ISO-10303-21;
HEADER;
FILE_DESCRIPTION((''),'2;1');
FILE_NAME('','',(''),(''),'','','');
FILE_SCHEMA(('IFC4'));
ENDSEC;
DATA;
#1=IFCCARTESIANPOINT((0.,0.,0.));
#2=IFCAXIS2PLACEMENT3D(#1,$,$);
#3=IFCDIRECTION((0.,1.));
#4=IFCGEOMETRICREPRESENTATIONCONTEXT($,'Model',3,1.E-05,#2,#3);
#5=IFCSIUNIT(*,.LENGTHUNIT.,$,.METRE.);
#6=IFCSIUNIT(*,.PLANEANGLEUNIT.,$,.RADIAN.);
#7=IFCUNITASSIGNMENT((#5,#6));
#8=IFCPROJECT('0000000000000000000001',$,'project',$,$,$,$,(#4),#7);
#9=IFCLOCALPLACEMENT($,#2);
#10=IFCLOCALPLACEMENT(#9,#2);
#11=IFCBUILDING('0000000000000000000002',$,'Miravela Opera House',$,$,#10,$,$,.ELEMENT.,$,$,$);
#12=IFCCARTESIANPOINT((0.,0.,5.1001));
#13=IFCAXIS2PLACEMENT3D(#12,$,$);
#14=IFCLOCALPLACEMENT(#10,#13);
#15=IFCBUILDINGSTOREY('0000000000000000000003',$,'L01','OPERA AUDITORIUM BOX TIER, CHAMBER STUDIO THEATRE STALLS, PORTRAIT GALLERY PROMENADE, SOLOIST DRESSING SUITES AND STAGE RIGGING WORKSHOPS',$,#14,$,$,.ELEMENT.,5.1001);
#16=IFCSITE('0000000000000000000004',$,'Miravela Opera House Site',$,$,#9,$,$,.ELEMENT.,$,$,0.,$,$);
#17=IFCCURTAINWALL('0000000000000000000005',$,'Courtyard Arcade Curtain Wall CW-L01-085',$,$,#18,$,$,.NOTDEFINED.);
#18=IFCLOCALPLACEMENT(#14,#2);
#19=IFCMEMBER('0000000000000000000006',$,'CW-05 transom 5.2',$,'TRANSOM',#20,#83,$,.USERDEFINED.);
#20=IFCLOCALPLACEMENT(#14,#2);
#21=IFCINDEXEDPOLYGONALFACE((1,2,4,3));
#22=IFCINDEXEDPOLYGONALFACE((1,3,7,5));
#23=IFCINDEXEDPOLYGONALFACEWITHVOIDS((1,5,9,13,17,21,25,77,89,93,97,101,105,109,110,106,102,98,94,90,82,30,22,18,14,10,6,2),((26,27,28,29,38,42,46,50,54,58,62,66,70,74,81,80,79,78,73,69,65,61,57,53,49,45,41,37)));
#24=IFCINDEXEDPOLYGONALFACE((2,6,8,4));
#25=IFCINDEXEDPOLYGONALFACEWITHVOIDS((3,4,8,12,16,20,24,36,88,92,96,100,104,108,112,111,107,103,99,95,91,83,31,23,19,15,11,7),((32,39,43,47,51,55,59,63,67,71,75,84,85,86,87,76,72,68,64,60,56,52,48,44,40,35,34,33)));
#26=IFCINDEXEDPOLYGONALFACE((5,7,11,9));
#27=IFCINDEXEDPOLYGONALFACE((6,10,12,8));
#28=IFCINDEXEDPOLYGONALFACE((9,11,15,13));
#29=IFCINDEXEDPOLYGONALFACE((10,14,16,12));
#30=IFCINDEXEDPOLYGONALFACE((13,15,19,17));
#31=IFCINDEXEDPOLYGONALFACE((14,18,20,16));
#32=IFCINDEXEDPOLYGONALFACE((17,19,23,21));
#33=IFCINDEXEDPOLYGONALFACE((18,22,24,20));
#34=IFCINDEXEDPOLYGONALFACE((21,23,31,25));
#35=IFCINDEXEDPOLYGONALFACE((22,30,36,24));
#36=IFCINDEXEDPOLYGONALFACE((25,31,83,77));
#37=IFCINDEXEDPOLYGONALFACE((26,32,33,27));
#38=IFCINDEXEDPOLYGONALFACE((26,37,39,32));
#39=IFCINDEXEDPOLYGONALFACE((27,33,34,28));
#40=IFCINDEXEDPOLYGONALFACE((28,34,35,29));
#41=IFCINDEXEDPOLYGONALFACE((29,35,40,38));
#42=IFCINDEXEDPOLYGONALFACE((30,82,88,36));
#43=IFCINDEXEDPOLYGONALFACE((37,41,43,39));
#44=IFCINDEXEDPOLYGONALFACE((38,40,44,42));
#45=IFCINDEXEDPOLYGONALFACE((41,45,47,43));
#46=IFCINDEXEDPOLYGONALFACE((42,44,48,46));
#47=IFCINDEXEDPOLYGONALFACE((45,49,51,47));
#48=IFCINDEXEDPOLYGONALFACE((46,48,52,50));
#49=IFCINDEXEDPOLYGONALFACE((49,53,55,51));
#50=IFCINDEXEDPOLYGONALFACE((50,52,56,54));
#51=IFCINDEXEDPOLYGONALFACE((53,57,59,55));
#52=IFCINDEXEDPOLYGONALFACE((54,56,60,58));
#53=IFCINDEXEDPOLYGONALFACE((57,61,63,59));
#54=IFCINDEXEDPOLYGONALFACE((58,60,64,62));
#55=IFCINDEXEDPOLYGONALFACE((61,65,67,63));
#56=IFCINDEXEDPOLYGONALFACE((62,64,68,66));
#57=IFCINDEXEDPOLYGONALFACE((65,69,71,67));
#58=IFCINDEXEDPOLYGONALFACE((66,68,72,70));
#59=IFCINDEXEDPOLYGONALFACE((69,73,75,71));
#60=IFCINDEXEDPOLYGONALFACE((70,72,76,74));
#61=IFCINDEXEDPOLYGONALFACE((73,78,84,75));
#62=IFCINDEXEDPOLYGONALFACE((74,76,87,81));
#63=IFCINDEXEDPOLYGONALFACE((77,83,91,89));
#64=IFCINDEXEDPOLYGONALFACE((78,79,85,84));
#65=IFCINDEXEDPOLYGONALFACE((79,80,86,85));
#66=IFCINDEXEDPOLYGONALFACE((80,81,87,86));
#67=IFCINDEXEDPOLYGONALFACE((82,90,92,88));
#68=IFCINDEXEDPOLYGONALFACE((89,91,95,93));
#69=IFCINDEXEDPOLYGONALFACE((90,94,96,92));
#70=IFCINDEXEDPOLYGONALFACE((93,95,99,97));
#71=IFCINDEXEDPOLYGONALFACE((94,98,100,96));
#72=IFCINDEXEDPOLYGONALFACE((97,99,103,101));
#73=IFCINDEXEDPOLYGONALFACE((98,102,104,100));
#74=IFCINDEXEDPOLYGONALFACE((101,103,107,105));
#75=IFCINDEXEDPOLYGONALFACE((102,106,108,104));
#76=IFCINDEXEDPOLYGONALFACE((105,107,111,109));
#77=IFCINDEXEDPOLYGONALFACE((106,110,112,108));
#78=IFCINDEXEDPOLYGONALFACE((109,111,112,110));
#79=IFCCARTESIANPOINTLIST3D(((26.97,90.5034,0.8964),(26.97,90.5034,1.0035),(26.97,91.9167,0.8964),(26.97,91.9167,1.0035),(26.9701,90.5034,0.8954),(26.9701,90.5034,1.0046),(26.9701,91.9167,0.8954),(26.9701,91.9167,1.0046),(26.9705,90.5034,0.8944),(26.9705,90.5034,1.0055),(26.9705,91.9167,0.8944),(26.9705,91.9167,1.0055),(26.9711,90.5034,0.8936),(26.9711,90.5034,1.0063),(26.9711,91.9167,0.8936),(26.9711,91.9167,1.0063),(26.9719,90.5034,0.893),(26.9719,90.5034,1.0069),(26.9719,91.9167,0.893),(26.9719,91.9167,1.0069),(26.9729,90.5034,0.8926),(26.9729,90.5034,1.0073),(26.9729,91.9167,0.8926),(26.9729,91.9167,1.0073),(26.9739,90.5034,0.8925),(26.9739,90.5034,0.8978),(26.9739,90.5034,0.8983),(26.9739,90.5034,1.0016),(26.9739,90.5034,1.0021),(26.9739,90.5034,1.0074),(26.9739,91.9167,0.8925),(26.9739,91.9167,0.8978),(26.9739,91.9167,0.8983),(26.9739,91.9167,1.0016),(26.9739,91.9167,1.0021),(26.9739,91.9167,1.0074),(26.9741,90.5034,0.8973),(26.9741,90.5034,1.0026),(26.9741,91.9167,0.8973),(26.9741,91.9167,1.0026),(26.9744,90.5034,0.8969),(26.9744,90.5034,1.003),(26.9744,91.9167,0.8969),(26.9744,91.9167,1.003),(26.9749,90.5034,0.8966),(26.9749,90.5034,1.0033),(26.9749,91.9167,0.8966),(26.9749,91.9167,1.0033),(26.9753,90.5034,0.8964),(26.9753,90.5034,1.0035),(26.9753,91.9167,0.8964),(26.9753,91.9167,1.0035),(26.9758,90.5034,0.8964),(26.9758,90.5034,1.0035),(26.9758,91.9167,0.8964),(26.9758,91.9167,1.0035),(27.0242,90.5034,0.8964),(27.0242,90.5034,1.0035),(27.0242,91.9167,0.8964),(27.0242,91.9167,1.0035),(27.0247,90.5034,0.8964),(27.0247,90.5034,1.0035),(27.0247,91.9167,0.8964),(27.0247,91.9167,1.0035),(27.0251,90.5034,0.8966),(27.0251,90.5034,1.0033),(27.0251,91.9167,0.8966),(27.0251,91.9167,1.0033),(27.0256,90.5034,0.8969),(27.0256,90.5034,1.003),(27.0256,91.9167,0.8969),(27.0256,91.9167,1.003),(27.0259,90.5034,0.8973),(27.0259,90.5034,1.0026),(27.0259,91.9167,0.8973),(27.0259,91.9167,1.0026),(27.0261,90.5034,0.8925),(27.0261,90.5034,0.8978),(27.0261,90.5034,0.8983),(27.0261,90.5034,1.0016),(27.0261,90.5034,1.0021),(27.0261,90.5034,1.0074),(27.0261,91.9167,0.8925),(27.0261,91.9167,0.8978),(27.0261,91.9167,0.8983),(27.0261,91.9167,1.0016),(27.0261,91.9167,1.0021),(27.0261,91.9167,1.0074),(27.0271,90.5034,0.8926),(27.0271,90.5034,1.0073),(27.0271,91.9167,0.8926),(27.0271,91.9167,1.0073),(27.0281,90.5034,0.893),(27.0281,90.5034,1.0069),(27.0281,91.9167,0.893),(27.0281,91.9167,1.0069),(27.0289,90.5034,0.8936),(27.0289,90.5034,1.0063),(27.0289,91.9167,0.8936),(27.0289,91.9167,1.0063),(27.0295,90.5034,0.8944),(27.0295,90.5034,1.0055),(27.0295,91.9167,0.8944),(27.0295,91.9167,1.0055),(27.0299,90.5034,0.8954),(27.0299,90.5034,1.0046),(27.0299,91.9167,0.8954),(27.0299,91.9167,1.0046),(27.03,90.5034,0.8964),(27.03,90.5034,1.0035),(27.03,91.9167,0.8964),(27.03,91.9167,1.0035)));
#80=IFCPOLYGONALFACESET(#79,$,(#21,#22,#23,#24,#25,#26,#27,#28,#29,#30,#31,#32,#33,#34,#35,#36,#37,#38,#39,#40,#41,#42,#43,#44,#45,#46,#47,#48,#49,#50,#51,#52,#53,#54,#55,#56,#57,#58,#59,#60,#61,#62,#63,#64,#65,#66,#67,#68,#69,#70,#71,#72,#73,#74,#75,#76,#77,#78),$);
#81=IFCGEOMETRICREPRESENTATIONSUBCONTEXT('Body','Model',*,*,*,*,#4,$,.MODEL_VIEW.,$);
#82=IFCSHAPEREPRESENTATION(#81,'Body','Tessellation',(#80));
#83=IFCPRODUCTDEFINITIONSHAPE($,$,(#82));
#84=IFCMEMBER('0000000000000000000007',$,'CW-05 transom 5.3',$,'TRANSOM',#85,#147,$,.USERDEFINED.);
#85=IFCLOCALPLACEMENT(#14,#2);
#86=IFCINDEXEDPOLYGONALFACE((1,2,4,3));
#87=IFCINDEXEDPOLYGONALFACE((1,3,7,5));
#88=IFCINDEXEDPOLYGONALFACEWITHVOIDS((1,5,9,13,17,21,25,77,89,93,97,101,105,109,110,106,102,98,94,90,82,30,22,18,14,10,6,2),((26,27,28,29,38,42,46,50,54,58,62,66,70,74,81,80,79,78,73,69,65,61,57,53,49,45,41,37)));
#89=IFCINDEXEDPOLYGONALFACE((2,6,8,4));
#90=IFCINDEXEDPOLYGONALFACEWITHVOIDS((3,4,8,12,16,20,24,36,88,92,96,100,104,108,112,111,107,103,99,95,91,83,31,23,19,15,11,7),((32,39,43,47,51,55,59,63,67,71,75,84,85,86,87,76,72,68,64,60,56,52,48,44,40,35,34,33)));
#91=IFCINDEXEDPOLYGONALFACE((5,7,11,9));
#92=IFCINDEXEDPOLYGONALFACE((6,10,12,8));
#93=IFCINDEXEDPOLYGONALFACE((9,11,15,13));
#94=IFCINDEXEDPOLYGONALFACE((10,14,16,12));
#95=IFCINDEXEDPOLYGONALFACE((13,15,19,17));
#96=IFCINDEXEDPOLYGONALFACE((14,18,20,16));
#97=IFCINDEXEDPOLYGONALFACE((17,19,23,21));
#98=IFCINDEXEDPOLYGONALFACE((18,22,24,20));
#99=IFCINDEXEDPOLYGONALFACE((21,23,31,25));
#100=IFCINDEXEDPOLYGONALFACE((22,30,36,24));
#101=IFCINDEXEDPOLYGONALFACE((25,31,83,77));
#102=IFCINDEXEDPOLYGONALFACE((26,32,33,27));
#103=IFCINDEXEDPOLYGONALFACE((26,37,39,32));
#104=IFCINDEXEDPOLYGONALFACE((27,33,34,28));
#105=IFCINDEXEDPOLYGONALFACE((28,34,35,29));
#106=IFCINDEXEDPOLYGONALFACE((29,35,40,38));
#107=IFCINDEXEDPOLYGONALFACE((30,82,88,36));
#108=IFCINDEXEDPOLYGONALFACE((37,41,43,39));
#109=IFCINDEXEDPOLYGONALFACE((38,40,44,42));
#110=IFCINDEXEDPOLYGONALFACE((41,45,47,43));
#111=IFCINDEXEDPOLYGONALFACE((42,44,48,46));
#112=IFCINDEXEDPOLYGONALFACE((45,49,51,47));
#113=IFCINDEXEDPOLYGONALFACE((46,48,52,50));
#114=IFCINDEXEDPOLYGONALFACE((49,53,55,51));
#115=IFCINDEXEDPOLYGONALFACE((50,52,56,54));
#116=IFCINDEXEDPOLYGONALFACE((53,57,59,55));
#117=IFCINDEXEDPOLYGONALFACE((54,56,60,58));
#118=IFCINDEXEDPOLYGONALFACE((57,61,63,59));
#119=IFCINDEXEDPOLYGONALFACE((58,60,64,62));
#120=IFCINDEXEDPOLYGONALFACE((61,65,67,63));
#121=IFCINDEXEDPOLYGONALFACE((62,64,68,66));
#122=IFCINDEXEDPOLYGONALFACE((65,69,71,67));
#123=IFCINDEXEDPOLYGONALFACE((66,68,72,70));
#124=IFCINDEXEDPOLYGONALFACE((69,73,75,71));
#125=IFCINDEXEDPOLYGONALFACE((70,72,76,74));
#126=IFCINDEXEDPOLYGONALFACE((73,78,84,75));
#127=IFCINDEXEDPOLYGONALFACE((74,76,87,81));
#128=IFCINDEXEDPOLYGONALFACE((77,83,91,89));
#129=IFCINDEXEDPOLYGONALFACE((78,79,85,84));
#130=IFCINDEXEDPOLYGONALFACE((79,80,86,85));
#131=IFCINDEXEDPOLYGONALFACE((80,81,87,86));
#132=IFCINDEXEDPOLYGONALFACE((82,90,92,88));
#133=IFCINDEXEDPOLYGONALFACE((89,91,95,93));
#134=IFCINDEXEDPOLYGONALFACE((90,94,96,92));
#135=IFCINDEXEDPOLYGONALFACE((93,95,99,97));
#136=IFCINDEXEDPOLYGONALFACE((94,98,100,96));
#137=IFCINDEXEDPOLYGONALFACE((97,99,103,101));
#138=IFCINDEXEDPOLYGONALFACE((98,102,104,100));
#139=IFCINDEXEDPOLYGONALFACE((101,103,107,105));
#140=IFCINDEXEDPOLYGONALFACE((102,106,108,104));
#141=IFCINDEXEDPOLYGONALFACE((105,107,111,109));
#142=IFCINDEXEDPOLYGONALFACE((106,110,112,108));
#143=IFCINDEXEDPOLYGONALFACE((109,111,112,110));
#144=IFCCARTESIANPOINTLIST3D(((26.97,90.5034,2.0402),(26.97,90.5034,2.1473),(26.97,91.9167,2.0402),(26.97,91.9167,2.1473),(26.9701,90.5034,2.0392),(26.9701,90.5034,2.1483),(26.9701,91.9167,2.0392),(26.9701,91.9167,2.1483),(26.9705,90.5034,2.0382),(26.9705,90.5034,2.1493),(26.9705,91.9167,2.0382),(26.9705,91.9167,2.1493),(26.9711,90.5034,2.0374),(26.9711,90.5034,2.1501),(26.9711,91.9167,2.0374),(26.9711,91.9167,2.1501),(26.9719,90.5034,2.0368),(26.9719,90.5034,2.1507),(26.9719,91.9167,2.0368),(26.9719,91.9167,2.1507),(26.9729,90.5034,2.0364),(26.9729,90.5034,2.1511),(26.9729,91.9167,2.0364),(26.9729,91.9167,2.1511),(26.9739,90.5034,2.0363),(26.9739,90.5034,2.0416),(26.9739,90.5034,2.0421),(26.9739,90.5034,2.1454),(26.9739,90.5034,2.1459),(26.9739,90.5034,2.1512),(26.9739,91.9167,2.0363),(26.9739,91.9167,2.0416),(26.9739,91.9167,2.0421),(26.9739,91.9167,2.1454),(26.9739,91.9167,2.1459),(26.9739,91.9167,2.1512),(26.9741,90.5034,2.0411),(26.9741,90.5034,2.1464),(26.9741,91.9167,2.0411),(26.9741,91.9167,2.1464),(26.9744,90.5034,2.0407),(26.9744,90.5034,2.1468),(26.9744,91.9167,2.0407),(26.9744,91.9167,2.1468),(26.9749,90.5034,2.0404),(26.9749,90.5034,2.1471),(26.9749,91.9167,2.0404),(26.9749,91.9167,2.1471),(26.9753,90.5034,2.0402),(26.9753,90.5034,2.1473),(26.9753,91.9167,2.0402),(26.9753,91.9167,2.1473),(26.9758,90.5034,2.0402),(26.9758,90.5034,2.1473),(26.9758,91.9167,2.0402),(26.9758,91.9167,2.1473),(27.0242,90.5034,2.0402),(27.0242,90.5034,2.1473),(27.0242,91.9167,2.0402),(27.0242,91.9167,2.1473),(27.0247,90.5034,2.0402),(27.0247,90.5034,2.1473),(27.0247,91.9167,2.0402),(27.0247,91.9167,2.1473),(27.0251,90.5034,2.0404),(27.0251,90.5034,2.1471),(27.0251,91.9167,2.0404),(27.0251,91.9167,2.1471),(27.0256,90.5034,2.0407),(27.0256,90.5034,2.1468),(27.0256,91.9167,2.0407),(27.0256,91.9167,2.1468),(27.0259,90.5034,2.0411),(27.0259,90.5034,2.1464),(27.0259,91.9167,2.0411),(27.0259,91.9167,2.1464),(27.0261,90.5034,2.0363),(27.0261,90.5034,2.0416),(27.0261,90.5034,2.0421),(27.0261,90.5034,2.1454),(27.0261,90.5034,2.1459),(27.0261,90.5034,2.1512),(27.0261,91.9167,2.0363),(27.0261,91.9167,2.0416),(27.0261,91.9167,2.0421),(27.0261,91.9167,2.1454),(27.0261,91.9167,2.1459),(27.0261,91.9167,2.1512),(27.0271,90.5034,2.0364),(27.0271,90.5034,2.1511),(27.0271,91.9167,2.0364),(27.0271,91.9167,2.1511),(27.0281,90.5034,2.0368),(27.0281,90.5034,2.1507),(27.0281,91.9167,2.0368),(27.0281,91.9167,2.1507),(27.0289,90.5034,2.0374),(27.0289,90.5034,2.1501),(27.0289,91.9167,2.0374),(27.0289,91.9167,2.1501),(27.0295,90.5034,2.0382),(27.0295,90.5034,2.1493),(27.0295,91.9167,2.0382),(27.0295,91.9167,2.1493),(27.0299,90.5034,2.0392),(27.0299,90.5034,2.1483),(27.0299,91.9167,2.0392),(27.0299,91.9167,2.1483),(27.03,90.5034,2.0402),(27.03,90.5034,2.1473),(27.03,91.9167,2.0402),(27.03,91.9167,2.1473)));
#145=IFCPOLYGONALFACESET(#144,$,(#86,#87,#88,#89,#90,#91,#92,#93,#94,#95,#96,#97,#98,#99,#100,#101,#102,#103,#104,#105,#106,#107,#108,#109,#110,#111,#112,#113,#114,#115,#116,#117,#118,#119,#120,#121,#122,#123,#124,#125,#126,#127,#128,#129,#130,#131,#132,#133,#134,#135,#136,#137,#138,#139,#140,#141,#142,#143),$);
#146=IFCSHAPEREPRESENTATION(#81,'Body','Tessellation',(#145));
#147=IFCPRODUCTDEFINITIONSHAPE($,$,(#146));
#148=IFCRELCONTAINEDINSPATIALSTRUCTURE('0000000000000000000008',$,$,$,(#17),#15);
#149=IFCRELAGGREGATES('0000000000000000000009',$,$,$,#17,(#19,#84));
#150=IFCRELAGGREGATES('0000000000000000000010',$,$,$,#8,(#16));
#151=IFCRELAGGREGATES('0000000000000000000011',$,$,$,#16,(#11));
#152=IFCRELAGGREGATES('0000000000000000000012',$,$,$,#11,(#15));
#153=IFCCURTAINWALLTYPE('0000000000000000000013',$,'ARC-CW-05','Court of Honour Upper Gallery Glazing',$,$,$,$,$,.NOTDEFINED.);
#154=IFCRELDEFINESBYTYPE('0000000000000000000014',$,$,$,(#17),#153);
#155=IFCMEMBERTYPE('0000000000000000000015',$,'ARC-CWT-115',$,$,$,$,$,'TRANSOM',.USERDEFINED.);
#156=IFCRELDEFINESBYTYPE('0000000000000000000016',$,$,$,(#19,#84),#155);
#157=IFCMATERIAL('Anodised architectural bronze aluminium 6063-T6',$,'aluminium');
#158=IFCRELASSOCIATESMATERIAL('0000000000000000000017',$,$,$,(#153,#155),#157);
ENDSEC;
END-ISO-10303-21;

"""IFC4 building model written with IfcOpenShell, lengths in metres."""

from ifc_helpers import new_model, si_unit, direction, frame, origin, origin_2d, place, context, subcontext, project, spatial, hollow_rectangle, extrude, material, material_profile, profile_set, type_object, element, aggregate, save


model = new_model("IFC4")

# Units and contexts
model_context = context("Model", 3, precision=1e-05, world=origin(), true_north=direction((0.0, 1.0)))
body_context = subcontext(model_context, "Body", "Model", "MODEL_VIEW")
ifc_project = project(units=[si_unit("LENGTHUNIT", "METRE"), si_unit("PLANEANGLEUNIT", "RADIAN")], contexts=[model_context])

# Site, building, storey
site_placement = place(None, origin())
site = spatial("IfcSite", under=ifc_project, at=site_placement, Name="Miravela Opera House Site", CompositionType="ELEMENT", RefElevation=0.0)
building_placement = place(site_placement, origin())
building = spatial("IfcBuilding", under=site, at=building_placement, Name="Miravela Opera House", CompositionType="ELEMENT")
storey_placement = place(building_placement, frame((0.0, 0.0, 5.1001)))
storey = spatial("IfcBuildingStorey", under=building, at=storey_placement, Name="L01", Description="OPERA AUDITORIUM BOX TIER, CHAMBER STUDIO THEATRE STALLS, PORTRAIT GALLERY PROMENADE, SOLOIST DRESSING SUITES AND STAGE RIGGING WORKSHOPS", CompositionType="ELEMENT", Elevation=5.1001)

# Curtain wall, members
ifc_material_1 = material(Name="Anodised architectural bronze aluminium 6063-T6", Category="aluminium")
curtain_wall_type = type_object("IfcCurtainWallType", Name="ARC-CW-05", Description="Court of Honour Upper Gallery Glazing", PredefinedType="NOTDEFINED", material=ifc_material_1)
curtain_wall_placement = place(storey_placement, origin())
curtain_wall = element("IfcCurtainWall", 1, at=curtain_wall_placement, inside=storey, type_object=curtain_wall_type, Name="Courtyard Arcade Curtain Wall CW-L01-085", PredefinedType="NOTDEFINED")
ifc_material_profile_1 = material_profile(ifc_material_1, hollow_rectangle(XDim=0.0601, YDim=0.115, WallThickness=0.0039, InnerFilletRadius=0.002, OuterFilletRadius=0.0039, at=origin_2d()), Name="CWT-60X115")
ifc_profile_set_1 = profile_set([ifc_material_profile_1])
member_type_1 = type_object("IfcMemberType", Name="ARC-CWT-115", ElementType="TRANSOM", PredefinedType="USERDEFINED", material=ifc_profile_set_1)
member_1_placement = place(storey_placement, frame((27.0, 90.5034, 0.95), z_axis=(0.0, 1.0, 0.0), x_axis=(-1.0, 0.0, 0.0)))
member_1 = element("IfcMember", 2, at=member_1_placement, type_object=member_type_1, Name="CW-05 transom 5.2", ObjectType="TRANSOM", PredefinedType="USERDEFINED", context=body_context, shape_type="SweptSolid", body=[
    extrude(hollow_rectangle(XDim=0.0601, YDim=0.115, WallThickness=0.0039, InnerFilletRadius=0.002, OuterFilletRadius=0.0039, at=origin_2d()), origin(), (0.0, 0.0, 1.0), 1.4133),
])
member_2_placement = place(storey_placement, frame((27.0, 90.5034, 2.0938), z_axis=(0.0, 1.0, 0.0), x_axis=(-1.0, 0.0, 0.0)))
member_2 = element("IfcMember", 3, at=member_2_placement, type_object=member_type_1, Name="CW-05 transom 5.3", ObjectType="TRANSOM", PredefinedType="USERDEFINED", context=body_context, shape_type="SweptSolid", body=[
    extrude(hollow_rectangle(XDim=0.0601, YDim=0.115, WallThickness=0.0039, InnerFilletRadius=0.002, OuterFilletRadius=0.0039, at=origin_2d()), origin(), (0.0, 0.0, 1.0), 1.4133),
])
aggregate(curtain_wall, [member_1, member_2])

save(model, "model.ifc")
